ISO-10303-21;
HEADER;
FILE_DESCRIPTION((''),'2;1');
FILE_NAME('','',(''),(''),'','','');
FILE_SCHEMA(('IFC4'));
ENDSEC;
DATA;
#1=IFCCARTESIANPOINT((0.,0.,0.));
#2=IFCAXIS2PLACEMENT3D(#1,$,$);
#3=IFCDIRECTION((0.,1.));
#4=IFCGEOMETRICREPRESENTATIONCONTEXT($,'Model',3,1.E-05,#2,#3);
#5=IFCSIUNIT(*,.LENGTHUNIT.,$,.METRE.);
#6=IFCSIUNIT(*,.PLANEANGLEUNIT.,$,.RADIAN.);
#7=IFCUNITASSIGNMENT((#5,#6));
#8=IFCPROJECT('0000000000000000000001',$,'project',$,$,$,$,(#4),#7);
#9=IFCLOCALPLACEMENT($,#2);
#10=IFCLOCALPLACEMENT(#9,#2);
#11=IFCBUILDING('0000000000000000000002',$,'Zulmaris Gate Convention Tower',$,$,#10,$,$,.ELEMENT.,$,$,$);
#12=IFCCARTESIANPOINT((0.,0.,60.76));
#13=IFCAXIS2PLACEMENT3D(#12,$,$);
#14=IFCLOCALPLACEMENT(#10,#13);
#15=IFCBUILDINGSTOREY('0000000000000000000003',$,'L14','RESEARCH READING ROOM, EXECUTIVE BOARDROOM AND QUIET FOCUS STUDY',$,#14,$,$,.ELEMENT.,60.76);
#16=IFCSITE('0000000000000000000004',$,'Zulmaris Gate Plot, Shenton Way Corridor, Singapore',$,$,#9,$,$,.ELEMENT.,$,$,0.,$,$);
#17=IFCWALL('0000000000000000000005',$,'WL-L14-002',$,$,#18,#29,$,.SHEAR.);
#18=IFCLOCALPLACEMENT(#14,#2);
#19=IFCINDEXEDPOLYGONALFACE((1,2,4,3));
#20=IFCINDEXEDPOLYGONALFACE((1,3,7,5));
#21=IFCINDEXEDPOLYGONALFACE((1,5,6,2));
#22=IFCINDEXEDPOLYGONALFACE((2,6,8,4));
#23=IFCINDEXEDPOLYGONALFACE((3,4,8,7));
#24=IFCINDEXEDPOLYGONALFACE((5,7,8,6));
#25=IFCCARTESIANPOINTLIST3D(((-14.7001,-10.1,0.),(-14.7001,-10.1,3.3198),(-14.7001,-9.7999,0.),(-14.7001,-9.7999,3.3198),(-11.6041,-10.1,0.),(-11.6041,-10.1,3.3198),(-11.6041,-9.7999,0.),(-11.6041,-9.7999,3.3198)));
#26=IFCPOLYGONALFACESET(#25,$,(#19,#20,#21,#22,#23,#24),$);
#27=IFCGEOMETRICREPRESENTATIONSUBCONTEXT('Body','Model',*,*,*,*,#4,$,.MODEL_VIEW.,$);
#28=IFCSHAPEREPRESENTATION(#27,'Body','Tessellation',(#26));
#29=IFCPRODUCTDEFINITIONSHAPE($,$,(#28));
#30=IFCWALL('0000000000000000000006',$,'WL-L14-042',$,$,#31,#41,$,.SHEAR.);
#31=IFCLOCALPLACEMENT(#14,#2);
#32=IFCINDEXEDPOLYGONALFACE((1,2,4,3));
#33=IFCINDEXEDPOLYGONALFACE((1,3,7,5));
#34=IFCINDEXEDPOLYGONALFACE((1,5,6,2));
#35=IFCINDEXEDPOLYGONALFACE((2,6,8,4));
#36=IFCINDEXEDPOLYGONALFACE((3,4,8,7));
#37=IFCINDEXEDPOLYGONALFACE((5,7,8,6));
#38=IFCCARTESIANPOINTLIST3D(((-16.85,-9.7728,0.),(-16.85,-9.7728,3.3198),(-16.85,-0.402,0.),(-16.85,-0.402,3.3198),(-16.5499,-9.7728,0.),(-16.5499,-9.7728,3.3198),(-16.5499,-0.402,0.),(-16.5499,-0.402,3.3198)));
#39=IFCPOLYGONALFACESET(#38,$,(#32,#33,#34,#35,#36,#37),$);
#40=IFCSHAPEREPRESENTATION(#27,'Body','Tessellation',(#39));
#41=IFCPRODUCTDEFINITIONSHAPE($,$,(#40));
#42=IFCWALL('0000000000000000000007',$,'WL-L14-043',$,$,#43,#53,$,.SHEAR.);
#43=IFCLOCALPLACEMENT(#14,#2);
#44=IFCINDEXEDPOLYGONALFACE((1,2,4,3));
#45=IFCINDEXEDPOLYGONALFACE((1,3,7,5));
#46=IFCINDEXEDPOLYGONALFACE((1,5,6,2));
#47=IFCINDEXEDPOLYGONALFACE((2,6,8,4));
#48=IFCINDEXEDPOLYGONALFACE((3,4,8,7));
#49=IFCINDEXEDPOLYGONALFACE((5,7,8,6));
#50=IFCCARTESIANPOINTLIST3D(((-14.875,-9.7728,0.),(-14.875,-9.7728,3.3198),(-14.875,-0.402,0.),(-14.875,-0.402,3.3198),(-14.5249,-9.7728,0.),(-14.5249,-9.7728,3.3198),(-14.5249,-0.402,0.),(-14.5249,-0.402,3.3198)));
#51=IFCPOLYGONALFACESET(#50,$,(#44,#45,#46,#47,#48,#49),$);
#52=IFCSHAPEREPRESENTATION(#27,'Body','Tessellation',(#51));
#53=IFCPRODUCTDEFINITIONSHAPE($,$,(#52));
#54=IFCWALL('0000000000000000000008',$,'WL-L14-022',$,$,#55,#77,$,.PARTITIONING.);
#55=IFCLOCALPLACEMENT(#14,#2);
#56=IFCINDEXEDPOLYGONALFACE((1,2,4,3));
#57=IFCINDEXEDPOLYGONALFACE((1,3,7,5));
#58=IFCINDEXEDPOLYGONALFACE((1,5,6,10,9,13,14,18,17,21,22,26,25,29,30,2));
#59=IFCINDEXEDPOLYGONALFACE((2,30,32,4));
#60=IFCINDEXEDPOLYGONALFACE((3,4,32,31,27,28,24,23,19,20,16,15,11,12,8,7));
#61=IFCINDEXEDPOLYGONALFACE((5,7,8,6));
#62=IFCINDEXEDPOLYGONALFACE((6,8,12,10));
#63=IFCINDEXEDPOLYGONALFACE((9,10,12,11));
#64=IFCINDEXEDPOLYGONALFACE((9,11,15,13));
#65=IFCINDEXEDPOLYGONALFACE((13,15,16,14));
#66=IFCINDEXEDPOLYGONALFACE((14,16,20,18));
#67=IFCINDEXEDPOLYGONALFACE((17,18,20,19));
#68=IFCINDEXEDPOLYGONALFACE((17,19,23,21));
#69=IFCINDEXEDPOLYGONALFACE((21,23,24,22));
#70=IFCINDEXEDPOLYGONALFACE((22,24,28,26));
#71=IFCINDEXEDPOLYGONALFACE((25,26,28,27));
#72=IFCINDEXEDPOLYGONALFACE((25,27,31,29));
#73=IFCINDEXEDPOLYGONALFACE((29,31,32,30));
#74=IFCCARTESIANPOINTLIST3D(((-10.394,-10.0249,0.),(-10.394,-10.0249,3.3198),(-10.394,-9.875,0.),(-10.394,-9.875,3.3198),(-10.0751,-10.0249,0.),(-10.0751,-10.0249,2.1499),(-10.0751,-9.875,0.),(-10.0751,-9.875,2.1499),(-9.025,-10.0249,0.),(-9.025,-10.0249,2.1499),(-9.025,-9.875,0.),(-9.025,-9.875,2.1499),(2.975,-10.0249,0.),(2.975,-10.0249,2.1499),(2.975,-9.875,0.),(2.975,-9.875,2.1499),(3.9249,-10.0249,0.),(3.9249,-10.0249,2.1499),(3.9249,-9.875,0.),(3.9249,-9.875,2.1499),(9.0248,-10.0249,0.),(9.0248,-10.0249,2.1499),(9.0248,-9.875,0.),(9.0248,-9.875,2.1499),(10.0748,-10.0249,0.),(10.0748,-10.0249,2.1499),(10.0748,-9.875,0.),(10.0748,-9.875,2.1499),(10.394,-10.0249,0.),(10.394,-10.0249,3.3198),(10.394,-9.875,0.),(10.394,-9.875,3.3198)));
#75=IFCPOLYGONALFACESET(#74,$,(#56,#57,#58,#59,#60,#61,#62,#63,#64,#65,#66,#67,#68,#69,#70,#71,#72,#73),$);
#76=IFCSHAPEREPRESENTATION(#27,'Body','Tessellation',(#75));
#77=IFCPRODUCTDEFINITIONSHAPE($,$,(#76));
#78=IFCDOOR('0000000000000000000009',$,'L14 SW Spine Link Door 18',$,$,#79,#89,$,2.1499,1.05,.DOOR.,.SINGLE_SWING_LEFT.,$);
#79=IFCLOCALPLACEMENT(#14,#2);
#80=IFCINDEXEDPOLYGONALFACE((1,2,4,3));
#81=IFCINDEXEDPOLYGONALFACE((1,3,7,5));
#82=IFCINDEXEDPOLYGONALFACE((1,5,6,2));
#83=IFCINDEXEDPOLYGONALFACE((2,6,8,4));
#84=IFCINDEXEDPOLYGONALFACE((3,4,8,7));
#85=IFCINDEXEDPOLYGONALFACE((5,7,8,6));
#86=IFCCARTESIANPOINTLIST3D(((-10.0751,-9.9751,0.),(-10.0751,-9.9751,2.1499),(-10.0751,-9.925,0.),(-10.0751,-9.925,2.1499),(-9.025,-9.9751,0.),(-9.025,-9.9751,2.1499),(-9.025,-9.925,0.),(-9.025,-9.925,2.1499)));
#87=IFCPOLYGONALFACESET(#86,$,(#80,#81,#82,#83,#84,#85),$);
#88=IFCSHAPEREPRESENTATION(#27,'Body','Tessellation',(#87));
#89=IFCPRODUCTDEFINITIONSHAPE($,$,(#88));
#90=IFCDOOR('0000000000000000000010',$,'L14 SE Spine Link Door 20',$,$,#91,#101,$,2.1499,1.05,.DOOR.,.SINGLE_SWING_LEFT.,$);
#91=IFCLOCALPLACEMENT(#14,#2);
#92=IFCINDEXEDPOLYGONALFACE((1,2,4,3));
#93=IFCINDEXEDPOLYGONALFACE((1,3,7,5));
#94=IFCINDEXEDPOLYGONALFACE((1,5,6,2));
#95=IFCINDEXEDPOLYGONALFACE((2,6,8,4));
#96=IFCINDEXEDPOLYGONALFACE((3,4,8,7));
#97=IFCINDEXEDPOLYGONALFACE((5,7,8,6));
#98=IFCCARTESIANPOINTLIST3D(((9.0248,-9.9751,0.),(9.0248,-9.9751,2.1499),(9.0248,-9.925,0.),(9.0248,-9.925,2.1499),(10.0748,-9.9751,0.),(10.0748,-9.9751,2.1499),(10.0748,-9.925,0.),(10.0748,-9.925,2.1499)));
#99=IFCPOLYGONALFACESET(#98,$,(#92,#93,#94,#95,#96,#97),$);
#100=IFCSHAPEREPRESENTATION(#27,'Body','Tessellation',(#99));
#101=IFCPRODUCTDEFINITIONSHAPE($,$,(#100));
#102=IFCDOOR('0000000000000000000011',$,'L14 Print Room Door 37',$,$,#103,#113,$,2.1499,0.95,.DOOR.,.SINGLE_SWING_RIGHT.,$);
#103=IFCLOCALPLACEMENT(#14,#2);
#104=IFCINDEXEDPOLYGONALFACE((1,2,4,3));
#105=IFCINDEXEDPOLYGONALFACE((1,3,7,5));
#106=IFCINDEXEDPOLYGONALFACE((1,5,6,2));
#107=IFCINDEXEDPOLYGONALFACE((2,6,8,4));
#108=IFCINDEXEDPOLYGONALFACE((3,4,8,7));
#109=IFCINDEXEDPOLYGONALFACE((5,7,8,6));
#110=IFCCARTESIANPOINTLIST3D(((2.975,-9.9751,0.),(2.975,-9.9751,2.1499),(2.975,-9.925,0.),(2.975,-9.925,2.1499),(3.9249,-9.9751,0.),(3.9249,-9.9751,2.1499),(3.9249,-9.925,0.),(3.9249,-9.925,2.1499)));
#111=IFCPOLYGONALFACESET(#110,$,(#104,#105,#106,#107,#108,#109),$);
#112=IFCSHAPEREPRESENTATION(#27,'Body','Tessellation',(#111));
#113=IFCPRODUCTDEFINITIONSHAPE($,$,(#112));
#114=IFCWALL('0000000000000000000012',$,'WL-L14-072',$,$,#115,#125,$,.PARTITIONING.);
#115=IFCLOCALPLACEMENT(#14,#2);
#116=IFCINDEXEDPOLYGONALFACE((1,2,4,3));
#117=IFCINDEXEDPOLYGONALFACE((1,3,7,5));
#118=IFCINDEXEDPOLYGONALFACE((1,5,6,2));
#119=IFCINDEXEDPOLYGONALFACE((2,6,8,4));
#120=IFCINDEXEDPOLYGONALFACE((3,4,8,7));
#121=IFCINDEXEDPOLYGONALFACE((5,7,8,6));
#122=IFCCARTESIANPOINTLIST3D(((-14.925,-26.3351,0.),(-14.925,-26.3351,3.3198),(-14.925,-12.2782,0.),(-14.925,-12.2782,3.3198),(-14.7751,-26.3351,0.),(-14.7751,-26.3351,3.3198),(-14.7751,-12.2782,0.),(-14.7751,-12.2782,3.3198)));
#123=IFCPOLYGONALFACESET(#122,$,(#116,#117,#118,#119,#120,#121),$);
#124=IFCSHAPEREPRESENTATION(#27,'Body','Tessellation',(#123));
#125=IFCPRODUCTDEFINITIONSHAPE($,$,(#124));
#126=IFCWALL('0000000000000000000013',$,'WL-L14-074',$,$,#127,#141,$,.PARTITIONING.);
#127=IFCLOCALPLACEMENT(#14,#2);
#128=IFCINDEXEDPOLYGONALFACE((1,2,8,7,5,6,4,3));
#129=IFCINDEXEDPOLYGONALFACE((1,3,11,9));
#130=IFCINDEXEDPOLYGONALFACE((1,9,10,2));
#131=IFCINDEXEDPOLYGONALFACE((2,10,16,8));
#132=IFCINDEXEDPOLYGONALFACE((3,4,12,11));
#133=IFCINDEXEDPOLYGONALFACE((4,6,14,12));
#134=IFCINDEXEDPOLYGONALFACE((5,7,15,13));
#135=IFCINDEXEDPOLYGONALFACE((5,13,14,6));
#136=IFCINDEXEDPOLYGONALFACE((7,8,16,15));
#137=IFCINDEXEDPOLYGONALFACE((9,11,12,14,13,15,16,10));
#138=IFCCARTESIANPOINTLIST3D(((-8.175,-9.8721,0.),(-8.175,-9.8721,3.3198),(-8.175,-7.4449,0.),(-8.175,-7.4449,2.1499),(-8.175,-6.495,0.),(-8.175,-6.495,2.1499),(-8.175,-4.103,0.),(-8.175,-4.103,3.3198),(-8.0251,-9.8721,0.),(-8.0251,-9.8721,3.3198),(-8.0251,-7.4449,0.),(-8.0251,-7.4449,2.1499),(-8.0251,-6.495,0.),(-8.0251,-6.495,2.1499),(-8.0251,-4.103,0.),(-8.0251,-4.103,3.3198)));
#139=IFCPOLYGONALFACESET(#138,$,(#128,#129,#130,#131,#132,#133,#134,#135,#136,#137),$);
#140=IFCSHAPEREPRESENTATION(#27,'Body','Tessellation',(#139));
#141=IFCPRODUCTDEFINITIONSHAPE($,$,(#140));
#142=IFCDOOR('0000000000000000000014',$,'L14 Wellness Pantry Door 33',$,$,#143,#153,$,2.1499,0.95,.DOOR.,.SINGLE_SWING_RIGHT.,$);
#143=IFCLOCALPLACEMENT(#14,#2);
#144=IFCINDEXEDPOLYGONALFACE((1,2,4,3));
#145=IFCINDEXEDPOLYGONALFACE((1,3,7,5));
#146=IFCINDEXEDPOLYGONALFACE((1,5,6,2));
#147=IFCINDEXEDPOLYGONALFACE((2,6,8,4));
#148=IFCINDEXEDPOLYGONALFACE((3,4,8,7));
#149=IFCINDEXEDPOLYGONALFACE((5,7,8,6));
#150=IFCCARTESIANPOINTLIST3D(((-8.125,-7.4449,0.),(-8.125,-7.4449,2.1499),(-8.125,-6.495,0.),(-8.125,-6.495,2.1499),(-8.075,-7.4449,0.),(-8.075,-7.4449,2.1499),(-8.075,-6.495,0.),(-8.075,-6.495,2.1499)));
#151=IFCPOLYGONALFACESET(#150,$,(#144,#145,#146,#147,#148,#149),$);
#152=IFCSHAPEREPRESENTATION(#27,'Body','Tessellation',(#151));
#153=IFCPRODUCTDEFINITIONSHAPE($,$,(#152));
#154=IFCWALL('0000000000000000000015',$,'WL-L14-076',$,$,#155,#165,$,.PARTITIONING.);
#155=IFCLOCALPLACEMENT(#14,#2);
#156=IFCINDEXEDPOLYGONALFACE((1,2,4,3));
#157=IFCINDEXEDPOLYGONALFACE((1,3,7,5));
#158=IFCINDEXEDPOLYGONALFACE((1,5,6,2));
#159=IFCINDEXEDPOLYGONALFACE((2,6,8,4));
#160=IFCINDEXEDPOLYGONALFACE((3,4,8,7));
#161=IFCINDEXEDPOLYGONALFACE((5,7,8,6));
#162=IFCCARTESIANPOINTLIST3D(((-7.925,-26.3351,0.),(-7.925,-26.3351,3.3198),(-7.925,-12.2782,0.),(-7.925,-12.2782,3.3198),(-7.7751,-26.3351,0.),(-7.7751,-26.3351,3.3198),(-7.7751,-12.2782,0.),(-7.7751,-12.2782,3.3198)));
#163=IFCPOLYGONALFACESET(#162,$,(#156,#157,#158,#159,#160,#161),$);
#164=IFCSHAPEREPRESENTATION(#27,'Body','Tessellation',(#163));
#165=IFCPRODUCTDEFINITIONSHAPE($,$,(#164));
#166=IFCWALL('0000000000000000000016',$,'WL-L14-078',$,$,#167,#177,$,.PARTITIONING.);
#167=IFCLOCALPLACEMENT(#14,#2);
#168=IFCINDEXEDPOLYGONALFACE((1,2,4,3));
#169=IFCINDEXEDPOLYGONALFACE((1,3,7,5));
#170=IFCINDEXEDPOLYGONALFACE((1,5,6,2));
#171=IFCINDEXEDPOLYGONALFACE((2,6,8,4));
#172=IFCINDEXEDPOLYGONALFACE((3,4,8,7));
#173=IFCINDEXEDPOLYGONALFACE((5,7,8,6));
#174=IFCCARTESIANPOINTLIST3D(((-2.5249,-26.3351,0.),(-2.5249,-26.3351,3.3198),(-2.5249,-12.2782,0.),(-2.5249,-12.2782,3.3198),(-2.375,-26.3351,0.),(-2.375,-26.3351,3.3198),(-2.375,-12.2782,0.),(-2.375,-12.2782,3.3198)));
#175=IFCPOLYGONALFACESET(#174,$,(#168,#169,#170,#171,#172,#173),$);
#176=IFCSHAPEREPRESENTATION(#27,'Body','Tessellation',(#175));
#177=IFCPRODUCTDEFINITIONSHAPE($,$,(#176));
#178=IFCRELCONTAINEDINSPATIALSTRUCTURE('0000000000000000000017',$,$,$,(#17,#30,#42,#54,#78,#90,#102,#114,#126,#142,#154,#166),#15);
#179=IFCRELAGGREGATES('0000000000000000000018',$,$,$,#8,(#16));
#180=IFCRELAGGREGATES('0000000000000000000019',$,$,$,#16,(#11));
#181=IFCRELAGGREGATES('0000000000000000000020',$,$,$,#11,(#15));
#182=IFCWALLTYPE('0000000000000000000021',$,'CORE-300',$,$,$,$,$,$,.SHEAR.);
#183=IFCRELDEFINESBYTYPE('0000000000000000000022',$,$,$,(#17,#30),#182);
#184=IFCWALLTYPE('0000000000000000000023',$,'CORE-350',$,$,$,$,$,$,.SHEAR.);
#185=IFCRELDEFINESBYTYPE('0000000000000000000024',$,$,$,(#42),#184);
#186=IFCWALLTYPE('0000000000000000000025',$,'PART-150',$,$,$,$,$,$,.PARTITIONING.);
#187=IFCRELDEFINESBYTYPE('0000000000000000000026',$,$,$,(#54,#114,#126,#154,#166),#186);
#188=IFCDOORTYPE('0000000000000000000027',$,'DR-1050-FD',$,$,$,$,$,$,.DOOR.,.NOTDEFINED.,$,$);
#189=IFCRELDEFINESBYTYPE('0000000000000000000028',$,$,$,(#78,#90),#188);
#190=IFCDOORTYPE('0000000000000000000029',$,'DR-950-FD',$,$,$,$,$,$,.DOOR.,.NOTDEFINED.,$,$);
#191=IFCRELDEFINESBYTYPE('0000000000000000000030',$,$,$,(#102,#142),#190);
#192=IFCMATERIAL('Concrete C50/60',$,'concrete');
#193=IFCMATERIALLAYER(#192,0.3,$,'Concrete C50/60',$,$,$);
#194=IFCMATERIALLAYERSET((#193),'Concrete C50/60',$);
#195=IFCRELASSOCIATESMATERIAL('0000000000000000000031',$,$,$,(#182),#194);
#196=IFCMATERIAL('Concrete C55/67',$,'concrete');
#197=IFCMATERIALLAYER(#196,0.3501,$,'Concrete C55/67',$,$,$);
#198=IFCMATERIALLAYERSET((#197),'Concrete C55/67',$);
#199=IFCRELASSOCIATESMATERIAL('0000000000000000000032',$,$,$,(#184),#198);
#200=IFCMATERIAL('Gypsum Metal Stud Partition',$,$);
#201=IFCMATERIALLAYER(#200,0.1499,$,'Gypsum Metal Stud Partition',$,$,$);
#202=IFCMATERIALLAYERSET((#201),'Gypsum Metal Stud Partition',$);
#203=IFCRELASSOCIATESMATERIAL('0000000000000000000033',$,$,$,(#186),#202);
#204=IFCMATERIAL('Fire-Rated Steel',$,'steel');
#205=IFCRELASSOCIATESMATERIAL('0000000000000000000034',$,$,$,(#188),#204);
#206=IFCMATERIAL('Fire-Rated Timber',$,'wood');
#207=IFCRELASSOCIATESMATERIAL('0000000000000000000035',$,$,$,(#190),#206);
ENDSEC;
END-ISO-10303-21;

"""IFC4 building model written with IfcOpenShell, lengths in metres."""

from ifc_helpers import new_model, si_unit, direction, frame, frame_2d, origin, place, context, subcontext, project, spatial, rectangle, extrude, material, layer, layer_set, type_object, element, fill, save


model = new_model("IFC4")

# Units and contexts
model_context = context("Model", 3, precision=1e-05, world=origin(), true_north=direction((0.0, 1.0)))
body_context = subcontext(model_context, "Body", "Model", "MODEL_VIEW")
ifc_project = project(units=[si_unit("LENGTHUNIT", "METRE"), si_unit("PLANEANGLEUNIT", "RADIAN")], contexts=[model_context])

# Site, building, storey
site_placement = place(None, origin())
site = spatial("IfcSite", under=ifc_project, at=site_placement, Name="Zulmaris Gate Plot, Shenton Way Corridor, Singapore", CompositionType="ELEMENT", RefElevation=0.0)
building_placement = place(site_placement, origin())
building = spatial("IfcBuilding", under=site, at=building_placement, Name="Zulmaris Gate Convention Tower", CompositionType="ELEMENT")
storey_placement = place(building_placement, frame((0.0, 0.0, 60.76)))
storey = spatial("IfcBuildingStorey", under=building, at=storey_placement, Name="L14", Description="RESEARCH READING ROOM, EXECUTIVE BOARDROOM AND QUIET FOCUS STUDY", CompositionType="ELEMENT", Elevation=60.76)

# Walls
ifc_material_1 = material(Name="Concrete C50/60", Category="concrete")
ifc_layer_1 = layer(ifc_material_1, 0.3, Name="Concrete C50/60")
ifc_layer_set_1 = layer_set([ifc_layer_1], Name="Concrete C50/60")
wall_type_1 = type_object("IfcWallType", Name="CORE-300", PredefinedType="SHEAR", material=ifc_layer_set_1)
wall_1_placement = place(storey_placement, frame((-14.7, -9.95, 0.0), z_axis=(0.0, 0.0, 1.0), x_axis=(1.0, 0.0, 0.0)))
element("IfcWall", 1, at=wall_1_placement, inside=storey, type_object=wall_type_1, Name="WL-L14-002", PredefinedType="SHEAR", context=body_context, shape_type="SweptSolid", body=[
    extrude(rectangle(XDim=3.0959, YDim=0.3, at=frame_2d((1.5479, 0.0))), origin(), (0.0, 0.0, 1.0), 3.3198),
])
wall_2_placement = place(storey_placement, frame((-16.7, -9.7729, 0.0), z_axis=(0.0, 0.0, 1.0), x_axis=(0.0, 1.0, 0.0)))
element("IfcWall", 2, at=wall_2_placement, inside=storey, type_object=wall_type_1, Name="WL-L14-042", PredefinedType="SHEAR", context=body_context, shape_type="SweptSolid", body=[
    extrude(rectangle(XDim=9.3708, YDim=0.3, at=frame_2d((4.6855, 0.0))), origin(), (0.0, 0.0, 1.0), 3.3198),
])
ifc_material_2 = material(Name="Concrete C55/67", Category="concrete")
ifc_layer_2 = layer(ifc_material_2, 0.3501, Name="Concrete C55/67")
ifc_layer_set_2 = layer_set([ifc_layer_2], Name="Concrete C55/67")
wall_type_2 = type_object("IfcWallType", Name="CORE-350", PredefinedType="SHEAR", material=ifc_layer_set_2)
wall_3_placement = place(storey_placement, frame((-14.7, -9.7729, 0.0), z_axis=(0.0, 0.0, 1.0), x_axis=(0.0, 1.0, 0.0)))
element("IfcWall", 3, at=wall_3_placement, inside=storey, type_object=wall_type_2, Name="WL-L14-043", PredefinedType="SHEAR", context=body_context, shape_type="SweptSolid", body=[
    extrude(rectangle(XDim=9.3708, YDim=0.3501, at=frame_2d((4.6855, 0.0))), origin(), (0.0, 0.0, 1.0), 3.3198),
])

# Wall, openings, doors
ifc_material_3 = material(Name="Gypsum Metal Stud Partition")
ifc_layer_3 = layer(ifc_material_3, 0.1499, Name="Gypsum Metal Stud Partition")
ifc_layer_set_3 = layer_set([ifc_layer_3], Name="Gypsum Metal Stud Partition")
wall_type_3 = type_object("IfcWallType", Name="PART-150", PredefinedType="PARTITIONING", material=ifc_layer_set_3)
wall_4_placement = place(storey_placement, frame((-10.394, -9.95, 0.0), z_axis=(0.0, 0.0, 1.0), x_axis=(1.0, 0.0, 0.0)))
wall_4 = element("IfcWall", 4, at=wall_4_placement, inside=storey, type_object=wall_type_3, Name="WL-L14-022", PredefinedType="PARTITIONING", context=body_context, shape_type="SweptSolid", body=[
    extrude(rectangle(XDim=20.7881, YDim=0.1499, at=frame_2d((10.394, 0.0))), origin(), (0.0, 0.0, 1.0), 3.3198),
])
opening_1_placement = place(wall_4_placement, frame((0.3191, 0.0, 0.0)))
opening_1 = element("IfcOpeningElement", 5, at=opening_1_placement, cuts=wall_4, PredefinedType="OPENING", context=body_context, shape_type="SweptSolid", body=[
    extrude(rectangle(XDim=1.05, YDim=2.1499, at=frame_2d((0.5249, 1.075))), frame((0.0, 0.085, 0.0), z_axis=(0.0, -1.0, 0.0), x_axis=(1.0, 0.0, 0.0)), (0.0, 0.0, 1.0), 0.1699),
])
opening_2_placement = place(wall_4_placement, frame((19.4189, 0.0, 0.0)))
opening_2 = element("IfcOpeningElement", 6, at=opening_2_placement, cuts=wall_4, PredefinedType="OPENING", context=body_context, shape_type="SweptSolid", body=[
    extrude(rectangle(XDim=1.05, YDim=2.1499, at=frame_2d((0.5249, 1.075))), frame((0.0, 0.085, 0.0), z_axis=(0.0, -1.0, 0.0), x_axis=(1.0, 0.0, 0.0)), (0.0, 0.0, 1.0), 0.1699),
])
opening_3_placement = place(wall_4_placement, frame((13.3689, 0.0, 0.0)))
opening_3 = element("IfcOpeningElement", 7, at=opening_3_placement, cuts=wall_4, PredefinedType="OPENING", context=body_context, shape_type="SweptSolid", body=[
    extrude(rectangle(XDim=0.95, YDim=2.1499, at=frame_2d((0.4751, 1.075))), frame((0.0, 0.085, 0.0), z_axis=(0.0, -1.0, 0.0), x_axis=(1.0, 0.0, 0.0)), (0.0, 0.0, 1.0), 0.1699),
])
ifc_material_4 = material(Name="Fire-Rated Steel", Category="steel")
door_type_1 = type_object("IfcDoorType", Name="DR-1050-FD", OperationType="NOTDEFINED", PredefinedType="DOOR", material=ifc_material_4)
door_1_placement = place(opening_1_placement, origin())
door_1 = element("IfcDoor", 8, at=door_1_placement, inside=storey, type_object=door_type_1, Name="L14 SW Spine Link Door 18", OperationType="SINGLE_SWING_LEFT", OverallHeight=2.1499, OverallWidth=1.05, PredefinedType="DOOR", context=body_context, shape_type="SweptSolid", body=[
    extrude(rectangle(XDim=1.05, YDim=2.1499, at=frame_2d((0.5249, 1.075))), frame((0.0, 0.0249, 0.0), z_axis=(0.0, -1.0, 0.0), x_axis=(1.0, 0.0, 0.0)), (0.0, 0.0, 1.0), 0.05),
])
fill(opening_1, door_1)
door_2_placement = place(opening_2_placement, origin())
door_2 = element("IfcDoor", 9, at=door_2_placement, inside=storey, type_object=door_type_1, Name="L14 SE Spine Link Door 20", OperationType="SINGLE_SWING_LEFT", OverallHeight=2.1499, OverallWidth=1.05, PredefinedType="DOOR", context=body_context, shape_type="SweptSolid", body=[
    extrude(rectangle(XDim=1.05, YDim=2.1499, at=frame_2d((0.5249, 1.075))), frame((0.0, 0.0249, 0.0), z_axis=(0.0, -1.0, 0.0), x_axis=(1.0, 0.0, 0.0)), (0.0, 0.0, 1.0), 0.05),
])
fill(opening_2, door_2)
ifc_material_5 = material(Name="Fire-Rated Timber", Category="wood")
door_type_2 = type_object("IfcDoorType", Name="DR-950-FD", OperationType="NOTDEFINED", PredefinedType="DOOR", material=ifc_material_5)
door_3_placement = place(opening_3_placement, origin())
door_3 = element("IfcDoor", 10, at=door_3_placement, inside=storey, type_object=door_type_2, Name="L14 Print Room Door 37", OperationType="SINGLE_SWING_RIGHT", OverallHeight=2.1499, OverallWidth=0.95, PredefinedType="DOOR", context=body_context, shape_type="SweptSolid", body=[
    extrude(rectangle(XDim=0.95, YDim=2.1499, at=frame_2d((0.4751, 1.075))), frame((0.0, 0.0249, 0.0), z_axis=(0.0, -1.0, 0.0), x_axis=(1.0, 0.0, 0.0)), (0.0, 0.0, 1.0), 0.05),
])
fill(opening_3, door_3)

# Wall
wall_5_placement = place(storey_placement, frame((-14.8501, -26.335, 0.0), z_axis=(0.0, 0.0, 1.0), x_axis=(0.0, 1.0, 0.0)))
element("IfcWall", 11, at=wall_5_placement, inside=storey, type_object=wall_type_3, Name="WL-L14-072", PredefinedType="PARTITIONING", context=body_context, shape_type="SweptSolid", body=[
    extrude(rectangle(XDim=14.0569, YDim=0.1499, at=frame_2d((7.0283, 0.0))), origin(), (0.0, 0.0, 1.0), 3.3198),
])

# Wall, opening, door
wall_6_placement = place(storey_placement, frame((-8.1001, -9.8721, 0.0), z_axis=(0.0, 0.0, 1.0), x_axis=(0.0, 1.0, 0.0)))
wall_6 = element("IfcWall", 12, at=wall_6_placement, inside=storey, type_object=wall_type_3, Name="WL-L14-074", PredefinedType="PARTITIONING", context=body_context, shape_type="SweptSolid", body=[
    extrude(rectangle(XDim=5.769, YDim=0.1499, at=frame_2d((2.8845, 0.0))), origin(), (0.0, 0.0, 1.0), 3.3198),
])
opening_4_placement = place(wall_6_placement, frame((2.427, 0.0, 0.0)))
opening_4 = element("IfcOpeningElement", 13, at=opening_4_placement, cuts=wall_6, PredefinedType="OPENING", context=body_context, shape_type="SweptSolid", body=[
    extrude(rectangle(XDim=0.95, YDim=2.1499, at=frame_2d((0.4751, 1.075))), frame((0.0, 0.085, 0.0), z_axis=(0.0, -1.0, 0.0), x_axis=(1.0, 0.0, 0.0)), (0.0, 0.0, 1.0), 0.1699),
])
door_4_placement = place(opening_4_placement, origin())
door_4 = element("IfcDoor", 14, at=door_4_placement, inside=storey, type_object=door_type_2, Name="L14 Wellness Pantry Door 33", OperationType="SINGLE_SWING_RIGHT", OverallHeight=2.1499, OverallWidth=0.95, PredefinedType="DOOR", context=body_context, shape_type="SweptSolid", body=[
    extrude(rectangle(XDim=0.95, YDim=2.1499, at=frame_2d((0.4751, 1.075))), frame((0.0, 0.0249, 0.0), z_axis=(0.0, -1.0, 0.0), x_axis=(1.0, 0.0, 0.0)), (0.0, 0.0, 1.0), 0.05),
])
fill(opening_4, door_4)

# Walls
for number, where, z_axis, x_axis, name in (
    (15, (-7.8501, -26.335, 0.0), (0.0, 0.0, 1.0), (0.0, 1.0, 0.0), "WL-L14-076"),
    (16, (-2.45, -26.335, 0.0), (0.0, 0.0, 1.0), (0.0, 1.0, 0.0), "WL-L14-078"),
):
    element("IfcWall", number, at=place(storey_placement, frame(where, z_axis=z_axis, x_axis=x_axis)), inside=storey, type_object=wall_type_3, Name=name, PredefinedType="PARTITIONING", context=body_context, shape_type="SweptSolid", body=[
        extrude(rectangle(XDim=14.0569, YDim=0.1499, at=frame_2d((7.0283, 0.0))), origin(), (0.0, 0.0, 1.0), 3.3198),
    ])

save(model, "model.ifc")
